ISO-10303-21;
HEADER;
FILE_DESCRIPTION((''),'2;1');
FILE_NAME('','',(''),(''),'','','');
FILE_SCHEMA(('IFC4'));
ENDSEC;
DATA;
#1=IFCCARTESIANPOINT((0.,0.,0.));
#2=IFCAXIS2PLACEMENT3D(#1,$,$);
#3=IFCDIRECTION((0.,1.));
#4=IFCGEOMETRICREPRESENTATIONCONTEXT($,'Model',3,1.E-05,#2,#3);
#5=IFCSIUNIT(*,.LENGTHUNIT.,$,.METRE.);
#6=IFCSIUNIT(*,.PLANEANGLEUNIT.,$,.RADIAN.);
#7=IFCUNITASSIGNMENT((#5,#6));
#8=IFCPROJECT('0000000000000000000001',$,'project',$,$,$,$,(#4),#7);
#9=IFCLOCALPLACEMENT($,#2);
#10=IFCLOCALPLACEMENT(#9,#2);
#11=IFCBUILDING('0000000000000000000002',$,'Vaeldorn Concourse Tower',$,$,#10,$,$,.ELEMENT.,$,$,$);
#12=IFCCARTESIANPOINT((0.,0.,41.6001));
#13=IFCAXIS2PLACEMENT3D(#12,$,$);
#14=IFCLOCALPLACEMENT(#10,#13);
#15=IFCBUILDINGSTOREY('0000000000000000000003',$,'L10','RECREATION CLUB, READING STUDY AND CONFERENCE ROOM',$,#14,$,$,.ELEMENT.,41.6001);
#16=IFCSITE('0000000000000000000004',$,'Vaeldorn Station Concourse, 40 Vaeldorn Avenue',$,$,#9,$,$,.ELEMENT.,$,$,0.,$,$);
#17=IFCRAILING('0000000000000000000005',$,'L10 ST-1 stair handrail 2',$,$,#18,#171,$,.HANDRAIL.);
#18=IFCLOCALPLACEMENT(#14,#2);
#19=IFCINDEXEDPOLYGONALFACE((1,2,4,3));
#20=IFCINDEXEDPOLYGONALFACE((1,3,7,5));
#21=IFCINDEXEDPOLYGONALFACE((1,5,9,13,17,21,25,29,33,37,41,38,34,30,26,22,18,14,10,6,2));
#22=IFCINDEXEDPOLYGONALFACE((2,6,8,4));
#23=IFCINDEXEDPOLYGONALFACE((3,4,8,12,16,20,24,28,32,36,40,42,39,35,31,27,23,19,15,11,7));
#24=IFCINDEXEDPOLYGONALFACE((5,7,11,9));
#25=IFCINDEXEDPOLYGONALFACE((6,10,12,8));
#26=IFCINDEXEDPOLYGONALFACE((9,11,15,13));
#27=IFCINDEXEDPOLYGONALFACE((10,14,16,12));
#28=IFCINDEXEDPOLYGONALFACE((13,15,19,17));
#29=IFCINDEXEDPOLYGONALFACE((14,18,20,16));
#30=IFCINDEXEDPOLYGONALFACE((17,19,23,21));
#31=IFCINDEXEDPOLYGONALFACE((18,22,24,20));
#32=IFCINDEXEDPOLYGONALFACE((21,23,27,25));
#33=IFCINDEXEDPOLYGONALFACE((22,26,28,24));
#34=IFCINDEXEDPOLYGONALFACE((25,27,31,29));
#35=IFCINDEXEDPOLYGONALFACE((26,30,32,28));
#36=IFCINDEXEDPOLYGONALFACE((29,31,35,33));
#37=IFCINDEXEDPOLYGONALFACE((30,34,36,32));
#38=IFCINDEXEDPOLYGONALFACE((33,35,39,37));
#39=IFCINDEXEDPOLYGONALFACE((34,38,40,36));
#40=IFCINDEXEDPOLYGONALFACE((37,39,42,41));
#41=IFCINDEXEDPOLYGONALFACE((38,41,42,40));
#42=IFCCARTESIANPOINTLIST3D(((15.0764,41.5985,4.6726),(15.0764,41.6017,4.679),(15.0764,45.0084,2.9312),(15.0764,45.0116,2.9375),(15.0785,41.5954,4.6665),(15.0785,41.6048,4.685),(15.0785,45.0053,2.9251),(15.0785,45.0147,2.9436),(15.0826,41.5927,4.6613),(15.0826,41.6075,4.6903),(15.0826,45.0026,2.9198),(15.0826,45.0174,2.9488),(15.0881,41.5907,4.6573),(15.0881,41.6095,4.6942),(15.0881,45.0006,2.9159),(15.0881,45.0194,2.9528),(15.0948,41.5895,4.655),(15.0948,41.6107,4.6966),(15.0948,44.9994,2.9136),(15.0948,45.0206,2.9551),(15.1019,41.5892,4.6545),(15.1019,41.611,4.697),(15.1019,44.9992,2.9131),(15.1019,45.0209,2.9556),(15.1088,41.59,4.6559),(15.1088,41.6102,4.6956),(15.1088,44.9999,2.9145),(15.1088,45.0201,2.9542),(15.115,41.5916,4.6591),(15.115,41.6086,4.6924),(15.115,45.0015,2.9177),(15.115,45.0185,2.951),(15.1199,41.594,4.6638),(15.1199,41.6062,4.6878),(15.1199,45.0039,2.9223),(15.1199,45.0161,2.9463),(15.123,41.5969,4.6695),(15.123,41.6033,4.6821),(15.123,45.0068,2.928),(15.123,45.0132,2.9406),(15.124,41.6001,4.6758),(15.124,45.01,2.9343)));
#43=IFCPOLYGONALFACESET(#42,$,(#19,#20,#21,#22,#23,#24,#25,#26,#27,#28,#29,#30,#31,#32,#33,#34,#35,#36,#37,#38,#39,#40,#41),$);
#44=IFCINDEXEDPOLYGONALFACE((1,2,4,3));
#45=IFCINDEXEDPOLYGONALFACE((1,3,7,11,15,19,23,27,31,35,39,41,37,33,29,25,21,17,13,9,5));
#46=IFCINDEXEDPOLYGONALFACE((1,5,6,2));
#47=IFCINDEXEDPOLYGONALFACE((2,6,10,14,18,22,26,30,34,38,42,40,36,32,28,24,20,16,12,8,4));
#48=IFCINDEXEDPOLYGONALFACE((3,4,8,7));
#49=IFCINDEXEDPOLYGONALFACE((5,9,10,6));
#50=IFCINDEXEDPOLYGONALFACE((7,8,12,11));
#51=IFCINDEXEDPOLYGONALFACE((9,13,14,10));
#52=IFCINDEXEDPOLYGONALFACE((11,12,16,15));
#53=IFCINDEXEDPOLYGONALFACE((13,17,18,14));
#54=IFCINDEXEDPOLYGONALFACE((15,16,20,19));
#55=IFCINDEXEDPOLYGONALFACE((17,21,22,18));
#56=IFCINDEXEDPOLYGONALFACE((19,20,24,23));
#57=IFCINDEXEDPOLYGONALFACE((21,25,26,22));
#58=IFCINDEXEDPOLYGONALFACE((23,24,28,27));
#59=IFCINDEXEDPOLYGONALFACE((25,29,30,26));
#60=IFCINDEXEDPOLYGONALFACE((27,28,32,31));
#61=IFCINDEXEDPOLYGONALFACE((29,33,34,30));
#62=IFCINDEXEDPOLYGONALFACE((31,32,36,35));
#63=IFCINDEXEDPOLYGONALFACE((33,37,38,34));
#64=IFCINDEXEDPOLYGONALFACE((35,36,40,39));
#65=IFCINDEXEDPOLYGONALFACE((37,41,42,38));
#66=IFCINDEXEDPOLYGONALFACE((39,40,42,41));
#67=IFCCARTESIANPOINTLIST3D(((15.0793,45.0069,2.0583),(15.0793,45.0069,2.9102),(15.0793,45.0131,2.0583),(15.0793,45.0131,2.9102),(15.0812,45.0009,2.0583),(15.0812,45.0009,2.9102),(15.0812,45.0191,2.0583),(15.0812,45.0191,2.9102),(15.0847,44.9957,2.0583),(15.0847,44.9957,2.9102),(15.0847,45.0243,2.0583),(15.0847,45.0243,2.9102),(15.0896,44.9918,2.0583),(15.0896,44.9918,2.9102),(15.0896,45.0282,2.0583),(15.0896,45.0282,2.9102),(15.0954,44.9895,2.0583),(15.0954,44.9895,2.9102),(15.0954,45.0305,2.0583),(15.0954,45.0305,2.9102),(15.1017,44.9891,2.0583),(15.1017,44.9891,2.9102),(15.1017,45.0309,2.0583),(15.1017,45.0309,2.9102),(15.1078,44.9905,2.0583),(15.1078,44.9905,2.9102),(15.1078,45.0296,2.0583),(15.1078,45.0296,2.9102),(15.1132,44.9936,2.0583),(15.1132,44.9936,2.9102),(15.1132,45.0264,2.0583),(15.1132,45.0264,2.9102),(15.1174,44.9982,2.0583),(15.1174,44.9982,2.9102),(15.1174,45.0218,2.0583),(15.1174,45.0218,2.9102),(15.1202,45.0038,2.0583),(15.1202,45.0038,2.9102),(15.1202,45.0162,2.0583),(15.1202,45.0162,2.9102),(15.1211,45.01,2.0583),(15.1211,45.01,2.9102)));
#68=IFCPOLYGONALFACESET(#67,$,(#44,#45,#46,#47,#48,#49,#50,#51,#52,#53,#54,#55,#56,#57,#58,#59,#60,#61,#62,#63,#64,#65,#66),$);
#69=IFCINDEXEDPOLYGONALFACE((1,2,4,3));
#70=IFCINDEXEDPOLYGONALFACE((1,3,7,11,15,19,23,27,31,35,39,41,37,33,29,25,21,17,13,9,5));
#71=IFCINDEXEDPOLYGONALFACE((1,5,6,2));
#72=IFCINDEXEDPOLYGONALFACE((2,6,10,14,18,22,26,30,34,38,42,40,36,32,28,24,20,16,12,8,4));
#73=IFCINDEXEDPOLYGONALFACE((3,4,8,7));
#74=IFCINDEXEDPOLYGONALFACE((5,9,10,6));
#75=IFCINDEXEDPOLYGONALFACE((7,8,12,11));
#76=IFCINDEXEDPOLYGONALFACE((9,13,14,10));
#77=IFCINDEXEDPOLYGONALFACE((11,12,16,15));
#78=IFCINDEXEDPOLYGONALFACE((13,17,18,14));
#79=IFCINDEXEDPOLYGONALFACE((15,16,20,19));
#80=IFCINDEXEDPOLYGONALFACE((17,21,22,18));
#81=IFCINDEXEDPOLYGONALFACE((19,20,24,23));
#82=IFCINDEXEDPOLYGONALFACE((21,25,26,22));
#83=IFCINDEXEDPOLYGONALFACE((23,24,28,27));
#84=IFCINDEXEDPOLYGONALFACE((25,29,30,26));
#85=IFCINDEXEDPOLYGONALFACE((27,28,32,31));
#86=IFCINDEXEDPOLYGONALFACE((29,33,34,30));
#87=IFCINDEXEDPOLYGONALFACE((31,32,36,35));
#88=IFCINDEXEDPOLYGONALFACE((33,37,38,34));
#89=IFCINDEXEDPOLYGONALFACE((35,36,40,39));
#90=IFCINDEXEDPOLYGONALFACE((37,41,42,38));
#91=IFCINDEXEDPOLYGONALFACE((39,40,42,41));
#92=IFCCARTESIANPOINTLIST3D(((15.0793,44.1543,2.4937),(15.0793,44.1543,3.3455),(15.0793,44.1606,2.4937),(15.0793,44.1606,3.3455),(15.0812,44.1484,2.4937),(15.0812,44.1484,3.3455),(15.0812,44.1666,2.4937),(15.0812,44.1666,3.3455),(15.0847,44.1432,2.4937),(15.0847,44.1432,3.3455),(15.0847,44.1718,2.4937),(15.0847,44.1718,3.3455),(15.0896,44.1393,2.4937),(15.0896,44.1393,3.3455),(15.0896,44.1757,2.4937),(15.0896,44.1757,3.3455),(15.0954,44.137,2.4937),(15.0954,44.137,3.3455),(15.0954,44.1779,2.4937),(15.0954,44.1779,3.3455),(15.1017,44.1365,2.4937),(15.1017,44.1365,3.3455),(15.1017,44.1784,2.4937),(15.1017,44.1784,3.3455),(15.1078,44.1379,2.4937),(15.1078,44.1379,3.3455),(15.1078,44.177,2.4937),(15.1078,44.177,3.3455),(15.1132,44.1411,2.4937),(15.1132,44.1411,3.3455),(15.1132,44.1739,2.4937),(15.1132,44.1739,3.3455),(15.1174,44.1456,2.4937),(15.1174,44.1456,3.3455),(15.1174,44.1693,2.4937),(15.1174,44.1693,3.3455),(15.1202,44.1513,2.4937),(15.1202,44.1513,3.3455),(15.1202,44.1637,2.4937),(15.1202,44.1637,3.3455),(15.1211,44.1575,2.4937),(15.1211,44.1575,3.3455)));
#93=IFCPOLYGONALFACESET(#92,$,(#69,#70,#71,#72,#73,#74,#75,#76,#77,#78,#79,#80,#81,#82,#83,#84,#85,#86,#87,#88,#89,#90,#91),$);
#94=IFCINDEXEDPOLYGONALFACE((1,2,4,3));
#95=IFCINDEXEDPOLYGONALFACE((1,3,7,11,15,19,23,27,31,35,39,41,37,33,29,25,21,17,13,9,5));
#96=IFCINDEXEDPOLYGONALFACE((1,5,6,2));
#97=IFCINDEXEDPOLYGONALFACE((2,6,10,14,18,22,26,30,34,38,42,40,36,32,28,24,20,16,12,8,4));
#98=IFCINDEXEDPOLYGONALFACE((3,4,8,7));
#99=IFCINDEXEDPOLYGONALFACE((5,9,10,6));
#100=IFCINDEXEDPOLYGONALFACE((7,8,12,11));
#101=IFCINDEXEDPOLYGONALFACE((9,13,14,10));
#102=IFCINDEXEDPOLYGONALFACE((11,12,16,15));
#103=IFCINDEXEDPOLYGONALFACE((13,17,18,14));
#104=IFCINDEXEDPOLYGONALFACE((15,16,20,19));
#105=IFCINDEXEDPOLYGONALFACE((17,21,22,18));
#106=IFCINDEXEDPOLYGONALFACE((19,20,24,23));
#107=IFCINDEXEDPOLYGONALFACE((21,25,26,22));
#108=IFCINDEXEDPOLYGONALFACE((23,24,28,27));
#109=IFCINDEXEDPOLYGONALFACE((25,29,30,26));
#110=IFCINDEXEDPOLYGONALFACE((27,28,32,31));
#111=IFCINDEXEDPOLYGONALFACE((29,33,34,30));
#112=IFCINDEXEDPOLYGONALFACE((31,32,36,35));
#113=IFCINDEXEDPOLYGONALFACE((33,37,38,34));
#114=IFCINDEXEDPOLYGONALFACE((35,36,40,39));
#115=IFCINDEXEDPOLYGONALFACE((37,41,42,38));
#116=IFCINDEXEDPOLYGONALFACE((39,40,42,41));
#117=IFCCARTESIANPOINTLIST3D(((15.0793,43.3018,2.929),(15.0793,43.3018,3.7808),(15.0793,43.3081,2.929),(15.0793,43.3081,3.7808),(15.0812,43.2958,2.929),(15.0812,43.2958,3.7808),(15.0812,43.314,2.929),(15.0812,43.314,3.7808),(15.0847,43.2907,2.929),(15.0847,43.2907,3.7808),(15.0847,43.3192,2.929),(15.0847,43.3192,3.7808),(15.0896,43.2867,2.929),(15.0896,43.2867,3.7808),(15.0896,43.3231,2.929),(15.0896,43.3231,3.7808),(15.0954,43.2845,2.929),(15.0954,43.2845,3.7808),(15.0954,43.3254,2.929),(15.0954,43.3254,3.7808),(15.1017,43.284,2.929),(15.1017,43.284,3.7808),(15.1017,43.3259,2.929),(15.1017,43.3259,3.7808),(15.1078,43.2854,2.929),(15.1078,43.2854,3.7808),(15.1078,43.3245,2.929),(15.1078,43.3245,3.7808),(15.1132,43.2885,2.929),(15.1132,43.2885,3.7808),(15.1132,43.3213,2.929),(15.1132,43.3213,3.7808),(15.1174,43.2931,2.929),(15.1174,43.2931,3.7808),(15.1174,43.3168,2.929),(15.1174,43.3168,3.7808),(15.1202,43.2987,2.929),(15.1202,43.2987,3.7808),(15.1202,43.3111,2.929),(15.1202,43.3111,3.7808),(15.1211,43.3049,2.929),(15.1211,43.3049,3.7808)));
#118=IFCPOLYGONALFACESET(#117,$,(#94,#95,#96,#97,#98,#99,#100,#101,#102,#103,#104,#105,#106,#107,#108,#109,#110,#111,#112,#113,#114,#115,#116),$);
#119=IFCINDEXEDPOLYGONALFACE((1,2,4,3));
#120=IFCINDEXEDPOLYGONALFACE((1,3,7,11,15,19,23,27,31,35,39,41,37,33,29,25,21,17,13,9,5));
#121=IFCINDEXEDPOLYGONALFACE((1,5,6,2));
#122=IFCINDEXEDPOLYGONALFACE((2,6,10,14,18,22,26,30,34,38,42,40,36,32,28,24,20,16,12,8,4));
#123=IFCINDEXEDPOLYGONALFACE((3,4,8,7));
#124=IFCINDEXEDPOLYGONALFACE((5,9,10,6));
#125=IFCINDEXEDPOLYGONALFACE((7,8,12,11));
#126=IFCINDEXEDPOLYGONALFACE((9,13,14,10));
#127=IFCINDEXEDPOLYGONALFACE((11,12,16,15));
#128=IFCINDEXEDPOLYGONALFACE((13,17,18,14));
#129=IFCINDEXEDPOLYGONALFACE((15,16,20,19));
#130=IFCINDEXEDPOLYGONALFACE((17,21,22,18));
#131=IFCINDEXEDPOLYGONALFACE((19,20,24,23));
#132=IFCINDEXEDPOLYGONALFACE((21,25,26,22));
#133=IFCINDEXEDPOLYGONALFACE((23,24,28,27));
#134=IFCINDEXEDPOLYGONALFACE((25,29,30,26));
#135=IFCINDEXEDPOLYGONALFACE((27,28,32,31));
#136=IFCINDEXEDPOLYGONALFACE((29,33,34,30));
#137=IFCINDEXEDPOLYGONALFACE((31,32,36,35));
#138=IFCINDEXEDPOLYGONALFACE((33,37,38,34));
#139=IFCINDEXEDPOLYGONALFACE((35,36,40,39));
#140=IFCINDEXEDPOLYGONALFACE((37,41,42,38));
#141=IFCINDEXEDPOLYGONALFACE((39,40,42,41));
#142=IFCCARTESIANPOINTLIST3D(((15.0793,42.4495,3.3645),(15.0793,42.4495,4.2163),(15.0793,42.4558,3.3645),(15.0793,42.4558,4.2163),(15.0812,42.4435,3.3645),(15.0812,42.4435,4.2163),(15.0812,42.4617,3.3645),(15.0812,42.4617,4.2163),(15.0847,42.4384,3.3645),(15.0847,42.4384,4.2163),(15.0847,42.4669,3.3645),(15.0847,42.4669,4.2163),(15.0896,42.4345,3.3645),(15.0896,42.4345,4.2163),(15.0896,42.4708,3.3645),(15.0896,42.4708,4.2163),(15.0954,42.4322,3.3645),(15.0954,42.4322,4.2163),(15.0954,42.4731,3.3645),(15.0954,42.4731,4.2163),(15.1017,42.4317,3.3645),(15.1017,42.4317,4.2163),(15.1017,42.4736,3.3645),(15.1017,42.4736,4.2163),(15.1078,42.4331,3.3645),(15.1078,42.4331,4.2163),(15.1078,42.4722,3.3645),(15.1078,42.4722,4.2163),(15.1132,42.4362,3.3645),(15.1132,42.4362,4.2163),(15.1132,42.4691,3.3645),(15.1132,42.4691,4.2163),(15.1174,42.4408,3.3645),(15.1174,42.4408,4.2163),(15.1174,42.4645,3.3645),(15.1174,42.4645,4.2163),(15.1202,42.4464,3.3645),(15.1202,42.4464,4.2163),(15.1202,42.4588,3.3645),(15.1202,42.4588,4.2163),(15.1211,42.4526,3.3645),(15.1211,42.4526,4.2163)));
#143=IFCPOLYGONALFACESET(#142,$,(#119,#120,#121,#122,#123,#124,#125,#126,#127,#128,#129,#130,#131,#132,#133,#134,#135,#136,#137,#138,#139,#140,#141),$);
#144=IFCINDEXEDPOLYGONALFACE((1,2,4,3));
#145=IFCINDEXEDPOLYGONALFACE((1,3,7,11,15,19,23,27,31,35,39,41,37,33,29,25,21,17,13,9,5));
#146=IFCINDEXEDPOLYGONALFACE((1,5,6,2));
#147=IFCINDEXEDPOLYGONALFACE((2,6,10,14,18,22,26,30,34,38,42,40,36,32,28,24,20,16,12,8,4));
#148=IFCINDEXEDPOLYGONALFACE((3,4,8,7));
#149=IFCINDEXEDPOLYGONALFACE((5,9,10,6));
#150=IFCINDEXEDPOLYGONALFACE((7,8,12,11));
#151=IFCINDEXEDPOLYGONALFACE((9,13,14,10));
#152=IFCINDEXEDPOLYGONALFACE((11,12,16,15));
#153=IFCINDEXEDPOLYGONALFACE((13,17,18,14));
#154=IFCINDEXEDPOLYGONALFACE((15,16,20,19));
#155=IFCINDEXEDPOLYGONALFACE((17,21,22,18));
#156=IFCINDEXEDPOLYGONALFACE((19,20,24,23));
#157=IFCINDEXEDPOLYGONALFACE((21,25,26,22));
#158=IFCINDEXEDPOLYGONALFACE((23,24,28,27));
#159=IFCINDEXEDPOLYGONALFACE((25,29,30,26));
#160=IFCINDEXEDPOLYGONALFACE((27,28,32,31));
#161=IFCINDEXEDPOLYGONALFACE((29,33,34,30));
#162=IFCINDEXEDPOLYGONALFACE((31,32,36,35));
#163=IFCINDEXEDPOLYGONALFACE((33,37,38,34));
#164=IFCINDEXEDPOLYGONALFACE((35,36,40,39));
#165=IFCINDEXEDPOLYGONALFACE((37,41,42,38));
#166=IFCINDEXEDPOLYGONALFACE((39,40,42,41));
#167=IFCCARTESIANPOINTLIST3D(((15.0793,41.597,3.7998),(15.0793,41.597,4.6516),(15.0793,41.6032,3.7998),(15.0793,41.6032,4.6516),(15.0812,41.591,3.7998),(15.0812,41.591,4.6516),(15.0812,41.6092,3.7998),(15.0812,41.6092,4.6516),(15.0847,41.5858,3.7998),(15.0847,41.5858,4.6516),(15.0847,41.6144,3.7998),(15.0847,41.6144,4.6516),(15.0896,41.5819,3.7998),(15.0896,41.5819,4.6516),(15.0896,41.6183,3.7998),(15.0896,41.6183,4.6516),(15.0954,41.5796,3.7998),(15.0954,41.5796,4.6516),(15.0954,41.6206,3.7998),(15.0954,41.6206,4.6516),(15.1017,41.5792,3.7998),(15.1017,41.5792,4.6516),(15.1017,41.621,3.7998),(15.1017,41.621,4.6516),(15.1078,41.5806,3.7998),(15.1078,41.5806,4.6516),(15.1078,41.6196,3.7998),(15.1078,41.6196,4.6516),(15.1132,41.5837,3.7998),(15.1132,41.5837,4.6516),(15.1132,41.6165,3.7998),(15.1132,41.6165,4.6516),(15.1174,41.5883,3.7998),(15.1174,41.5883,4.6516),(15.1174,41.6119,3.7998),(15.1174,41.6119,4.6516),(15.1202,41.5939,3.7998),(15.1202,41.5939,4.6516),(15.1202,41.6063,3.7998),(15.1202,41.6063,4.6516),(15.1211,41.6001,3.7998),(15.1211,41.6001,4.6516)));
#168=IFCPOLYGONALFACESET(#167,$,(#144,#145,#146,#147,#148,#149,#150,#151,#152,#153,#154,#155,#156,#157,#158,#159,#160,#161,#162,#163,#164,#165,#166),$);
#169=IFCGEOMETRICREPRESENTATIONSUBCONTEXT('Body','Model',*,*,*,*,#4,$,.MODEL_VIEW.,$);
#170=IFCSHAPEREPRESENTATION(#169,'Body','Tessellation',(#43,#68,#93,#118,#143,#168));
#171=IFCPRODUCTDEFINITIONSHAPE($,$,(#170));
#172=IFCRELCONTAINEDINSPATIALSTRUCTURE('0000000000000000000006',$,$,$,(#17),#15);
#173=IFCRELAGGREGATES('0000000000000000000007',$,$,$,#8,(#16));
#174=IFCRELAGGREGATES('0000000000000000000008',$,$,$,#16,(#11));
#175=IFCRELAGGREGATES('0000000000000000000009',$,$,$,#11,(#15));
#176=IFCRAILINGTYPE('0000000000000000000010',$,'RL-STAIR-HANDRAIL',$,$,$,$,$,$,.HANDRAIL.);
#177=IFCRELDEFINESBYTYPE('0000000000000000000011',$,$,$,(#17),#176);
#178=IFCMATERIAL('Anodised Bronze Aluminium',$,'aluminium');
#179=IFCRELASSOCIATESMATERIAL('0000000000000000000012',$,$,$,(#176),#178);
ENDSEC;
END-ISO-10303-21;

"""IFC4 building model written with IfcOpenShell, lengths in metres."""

from ifc_helpers import new_model, si_unit, direction, frame, origin, origin_2d, place, context, subcontext, project, spatial, circle, extrude, material, type_object, element, save


model = new_model("IFC4")

# Units and contexts
model_context = context("Model", 3, precision=1e-05, world=origin(), true_north=direction((0.0, 1.0)))
body_context = subcontext(model_context, "Body", "Model", "MODEL_VIEW")
ifc_project = project(units=[si_unit("LENGTHUNIT", "METRE"), si_unit("PLANEANGLEUNIT", "RADIAN")], contexts=[model_context])

# Site, building, storey
site_placement = place(None, origin())
site = spatial("IfcSite", under=ifc_project, at=site_placement, Name="Vaeldorn Station Concourse, 40 Vaeldorn Avenue", CompositionType="ELEMENT", RefElevation=0.0)
building_placement = place(site_placement, origin())
building = spatial("IfcBuilding", under=site, at=building_placement, Name="Vaeldorn Concourse Tower", CompositionType="ELEMENT")
storey_placement = place(building_placement, frame((0.0, 0.0, 41.6001)))
storey = spatial("IfcBuildingStorey", under=building, at=storey_placement, Name="L10", Description="RECREATION CLUB, READING STUDY AND CONFERENCE ROOM", CompositionType="ELEMENT", Elevation=41.6001)

# Shared definitions
ifc_material_1 = material(Name="Anodised Bronze Aluminium", Category="aluminium")

# Railing
railing_type_1 = type_object("IfcRailingType", Name="RL-STAIR-HANDRAIL", PredefinedType="HANDRAIL", material=ifc_material_1)
railing_1_placement = place(storey_placement, frame((15.1001, 45.01, 2.0583)))
element("IfcRailing", 1, at=railing_1_placement, inside=storey, type_object=railing_type_1, Name="L10 ST-1 stair handrail 2", PredefinedType="HANDRAIL", context=body_context, shape_type="SweptSolid", body=[
    extrude(circle(Radius=0.0239, at=origin_2d()), frame((0.0, 0.0, 0.876), z_axis=(0.0, -0.890582, 0.454823), x_axis=(1.0, 0.0, 0.0)), (0.0, 0.0, 1.0), 3.8289),
    extrude(circle(Radius=0.021, at=origin_2d()), origin(), (0.0, 0.0, 1.0), 0.8518),
    extrude(circle(Radius=0.021, at=origin_2d()), frame((0.0, -0.8525, 0.4353)), (0.0, 0.0, 1.0), 0.8518),
    extrude(circle(Radius=0.021, at=origin_2d()), frame((0.0, -1.7051, 0.8706)), (0.0, 0.0, 1.0), 0.8518),
    extrude(circle(Radius=0.021, at=origin_2d()), frame((0.0, -2.5574, 1.3062)), (0.0, 0.0, 1.0), 0.8518),
    extrude(circle(Radius=0.021, at=origin_2d()), frame((0.0, -3.4099, 1.7415)), (0.0, 0.0, 1.0), 0.8518),
])

save(model, "model.ifc")
